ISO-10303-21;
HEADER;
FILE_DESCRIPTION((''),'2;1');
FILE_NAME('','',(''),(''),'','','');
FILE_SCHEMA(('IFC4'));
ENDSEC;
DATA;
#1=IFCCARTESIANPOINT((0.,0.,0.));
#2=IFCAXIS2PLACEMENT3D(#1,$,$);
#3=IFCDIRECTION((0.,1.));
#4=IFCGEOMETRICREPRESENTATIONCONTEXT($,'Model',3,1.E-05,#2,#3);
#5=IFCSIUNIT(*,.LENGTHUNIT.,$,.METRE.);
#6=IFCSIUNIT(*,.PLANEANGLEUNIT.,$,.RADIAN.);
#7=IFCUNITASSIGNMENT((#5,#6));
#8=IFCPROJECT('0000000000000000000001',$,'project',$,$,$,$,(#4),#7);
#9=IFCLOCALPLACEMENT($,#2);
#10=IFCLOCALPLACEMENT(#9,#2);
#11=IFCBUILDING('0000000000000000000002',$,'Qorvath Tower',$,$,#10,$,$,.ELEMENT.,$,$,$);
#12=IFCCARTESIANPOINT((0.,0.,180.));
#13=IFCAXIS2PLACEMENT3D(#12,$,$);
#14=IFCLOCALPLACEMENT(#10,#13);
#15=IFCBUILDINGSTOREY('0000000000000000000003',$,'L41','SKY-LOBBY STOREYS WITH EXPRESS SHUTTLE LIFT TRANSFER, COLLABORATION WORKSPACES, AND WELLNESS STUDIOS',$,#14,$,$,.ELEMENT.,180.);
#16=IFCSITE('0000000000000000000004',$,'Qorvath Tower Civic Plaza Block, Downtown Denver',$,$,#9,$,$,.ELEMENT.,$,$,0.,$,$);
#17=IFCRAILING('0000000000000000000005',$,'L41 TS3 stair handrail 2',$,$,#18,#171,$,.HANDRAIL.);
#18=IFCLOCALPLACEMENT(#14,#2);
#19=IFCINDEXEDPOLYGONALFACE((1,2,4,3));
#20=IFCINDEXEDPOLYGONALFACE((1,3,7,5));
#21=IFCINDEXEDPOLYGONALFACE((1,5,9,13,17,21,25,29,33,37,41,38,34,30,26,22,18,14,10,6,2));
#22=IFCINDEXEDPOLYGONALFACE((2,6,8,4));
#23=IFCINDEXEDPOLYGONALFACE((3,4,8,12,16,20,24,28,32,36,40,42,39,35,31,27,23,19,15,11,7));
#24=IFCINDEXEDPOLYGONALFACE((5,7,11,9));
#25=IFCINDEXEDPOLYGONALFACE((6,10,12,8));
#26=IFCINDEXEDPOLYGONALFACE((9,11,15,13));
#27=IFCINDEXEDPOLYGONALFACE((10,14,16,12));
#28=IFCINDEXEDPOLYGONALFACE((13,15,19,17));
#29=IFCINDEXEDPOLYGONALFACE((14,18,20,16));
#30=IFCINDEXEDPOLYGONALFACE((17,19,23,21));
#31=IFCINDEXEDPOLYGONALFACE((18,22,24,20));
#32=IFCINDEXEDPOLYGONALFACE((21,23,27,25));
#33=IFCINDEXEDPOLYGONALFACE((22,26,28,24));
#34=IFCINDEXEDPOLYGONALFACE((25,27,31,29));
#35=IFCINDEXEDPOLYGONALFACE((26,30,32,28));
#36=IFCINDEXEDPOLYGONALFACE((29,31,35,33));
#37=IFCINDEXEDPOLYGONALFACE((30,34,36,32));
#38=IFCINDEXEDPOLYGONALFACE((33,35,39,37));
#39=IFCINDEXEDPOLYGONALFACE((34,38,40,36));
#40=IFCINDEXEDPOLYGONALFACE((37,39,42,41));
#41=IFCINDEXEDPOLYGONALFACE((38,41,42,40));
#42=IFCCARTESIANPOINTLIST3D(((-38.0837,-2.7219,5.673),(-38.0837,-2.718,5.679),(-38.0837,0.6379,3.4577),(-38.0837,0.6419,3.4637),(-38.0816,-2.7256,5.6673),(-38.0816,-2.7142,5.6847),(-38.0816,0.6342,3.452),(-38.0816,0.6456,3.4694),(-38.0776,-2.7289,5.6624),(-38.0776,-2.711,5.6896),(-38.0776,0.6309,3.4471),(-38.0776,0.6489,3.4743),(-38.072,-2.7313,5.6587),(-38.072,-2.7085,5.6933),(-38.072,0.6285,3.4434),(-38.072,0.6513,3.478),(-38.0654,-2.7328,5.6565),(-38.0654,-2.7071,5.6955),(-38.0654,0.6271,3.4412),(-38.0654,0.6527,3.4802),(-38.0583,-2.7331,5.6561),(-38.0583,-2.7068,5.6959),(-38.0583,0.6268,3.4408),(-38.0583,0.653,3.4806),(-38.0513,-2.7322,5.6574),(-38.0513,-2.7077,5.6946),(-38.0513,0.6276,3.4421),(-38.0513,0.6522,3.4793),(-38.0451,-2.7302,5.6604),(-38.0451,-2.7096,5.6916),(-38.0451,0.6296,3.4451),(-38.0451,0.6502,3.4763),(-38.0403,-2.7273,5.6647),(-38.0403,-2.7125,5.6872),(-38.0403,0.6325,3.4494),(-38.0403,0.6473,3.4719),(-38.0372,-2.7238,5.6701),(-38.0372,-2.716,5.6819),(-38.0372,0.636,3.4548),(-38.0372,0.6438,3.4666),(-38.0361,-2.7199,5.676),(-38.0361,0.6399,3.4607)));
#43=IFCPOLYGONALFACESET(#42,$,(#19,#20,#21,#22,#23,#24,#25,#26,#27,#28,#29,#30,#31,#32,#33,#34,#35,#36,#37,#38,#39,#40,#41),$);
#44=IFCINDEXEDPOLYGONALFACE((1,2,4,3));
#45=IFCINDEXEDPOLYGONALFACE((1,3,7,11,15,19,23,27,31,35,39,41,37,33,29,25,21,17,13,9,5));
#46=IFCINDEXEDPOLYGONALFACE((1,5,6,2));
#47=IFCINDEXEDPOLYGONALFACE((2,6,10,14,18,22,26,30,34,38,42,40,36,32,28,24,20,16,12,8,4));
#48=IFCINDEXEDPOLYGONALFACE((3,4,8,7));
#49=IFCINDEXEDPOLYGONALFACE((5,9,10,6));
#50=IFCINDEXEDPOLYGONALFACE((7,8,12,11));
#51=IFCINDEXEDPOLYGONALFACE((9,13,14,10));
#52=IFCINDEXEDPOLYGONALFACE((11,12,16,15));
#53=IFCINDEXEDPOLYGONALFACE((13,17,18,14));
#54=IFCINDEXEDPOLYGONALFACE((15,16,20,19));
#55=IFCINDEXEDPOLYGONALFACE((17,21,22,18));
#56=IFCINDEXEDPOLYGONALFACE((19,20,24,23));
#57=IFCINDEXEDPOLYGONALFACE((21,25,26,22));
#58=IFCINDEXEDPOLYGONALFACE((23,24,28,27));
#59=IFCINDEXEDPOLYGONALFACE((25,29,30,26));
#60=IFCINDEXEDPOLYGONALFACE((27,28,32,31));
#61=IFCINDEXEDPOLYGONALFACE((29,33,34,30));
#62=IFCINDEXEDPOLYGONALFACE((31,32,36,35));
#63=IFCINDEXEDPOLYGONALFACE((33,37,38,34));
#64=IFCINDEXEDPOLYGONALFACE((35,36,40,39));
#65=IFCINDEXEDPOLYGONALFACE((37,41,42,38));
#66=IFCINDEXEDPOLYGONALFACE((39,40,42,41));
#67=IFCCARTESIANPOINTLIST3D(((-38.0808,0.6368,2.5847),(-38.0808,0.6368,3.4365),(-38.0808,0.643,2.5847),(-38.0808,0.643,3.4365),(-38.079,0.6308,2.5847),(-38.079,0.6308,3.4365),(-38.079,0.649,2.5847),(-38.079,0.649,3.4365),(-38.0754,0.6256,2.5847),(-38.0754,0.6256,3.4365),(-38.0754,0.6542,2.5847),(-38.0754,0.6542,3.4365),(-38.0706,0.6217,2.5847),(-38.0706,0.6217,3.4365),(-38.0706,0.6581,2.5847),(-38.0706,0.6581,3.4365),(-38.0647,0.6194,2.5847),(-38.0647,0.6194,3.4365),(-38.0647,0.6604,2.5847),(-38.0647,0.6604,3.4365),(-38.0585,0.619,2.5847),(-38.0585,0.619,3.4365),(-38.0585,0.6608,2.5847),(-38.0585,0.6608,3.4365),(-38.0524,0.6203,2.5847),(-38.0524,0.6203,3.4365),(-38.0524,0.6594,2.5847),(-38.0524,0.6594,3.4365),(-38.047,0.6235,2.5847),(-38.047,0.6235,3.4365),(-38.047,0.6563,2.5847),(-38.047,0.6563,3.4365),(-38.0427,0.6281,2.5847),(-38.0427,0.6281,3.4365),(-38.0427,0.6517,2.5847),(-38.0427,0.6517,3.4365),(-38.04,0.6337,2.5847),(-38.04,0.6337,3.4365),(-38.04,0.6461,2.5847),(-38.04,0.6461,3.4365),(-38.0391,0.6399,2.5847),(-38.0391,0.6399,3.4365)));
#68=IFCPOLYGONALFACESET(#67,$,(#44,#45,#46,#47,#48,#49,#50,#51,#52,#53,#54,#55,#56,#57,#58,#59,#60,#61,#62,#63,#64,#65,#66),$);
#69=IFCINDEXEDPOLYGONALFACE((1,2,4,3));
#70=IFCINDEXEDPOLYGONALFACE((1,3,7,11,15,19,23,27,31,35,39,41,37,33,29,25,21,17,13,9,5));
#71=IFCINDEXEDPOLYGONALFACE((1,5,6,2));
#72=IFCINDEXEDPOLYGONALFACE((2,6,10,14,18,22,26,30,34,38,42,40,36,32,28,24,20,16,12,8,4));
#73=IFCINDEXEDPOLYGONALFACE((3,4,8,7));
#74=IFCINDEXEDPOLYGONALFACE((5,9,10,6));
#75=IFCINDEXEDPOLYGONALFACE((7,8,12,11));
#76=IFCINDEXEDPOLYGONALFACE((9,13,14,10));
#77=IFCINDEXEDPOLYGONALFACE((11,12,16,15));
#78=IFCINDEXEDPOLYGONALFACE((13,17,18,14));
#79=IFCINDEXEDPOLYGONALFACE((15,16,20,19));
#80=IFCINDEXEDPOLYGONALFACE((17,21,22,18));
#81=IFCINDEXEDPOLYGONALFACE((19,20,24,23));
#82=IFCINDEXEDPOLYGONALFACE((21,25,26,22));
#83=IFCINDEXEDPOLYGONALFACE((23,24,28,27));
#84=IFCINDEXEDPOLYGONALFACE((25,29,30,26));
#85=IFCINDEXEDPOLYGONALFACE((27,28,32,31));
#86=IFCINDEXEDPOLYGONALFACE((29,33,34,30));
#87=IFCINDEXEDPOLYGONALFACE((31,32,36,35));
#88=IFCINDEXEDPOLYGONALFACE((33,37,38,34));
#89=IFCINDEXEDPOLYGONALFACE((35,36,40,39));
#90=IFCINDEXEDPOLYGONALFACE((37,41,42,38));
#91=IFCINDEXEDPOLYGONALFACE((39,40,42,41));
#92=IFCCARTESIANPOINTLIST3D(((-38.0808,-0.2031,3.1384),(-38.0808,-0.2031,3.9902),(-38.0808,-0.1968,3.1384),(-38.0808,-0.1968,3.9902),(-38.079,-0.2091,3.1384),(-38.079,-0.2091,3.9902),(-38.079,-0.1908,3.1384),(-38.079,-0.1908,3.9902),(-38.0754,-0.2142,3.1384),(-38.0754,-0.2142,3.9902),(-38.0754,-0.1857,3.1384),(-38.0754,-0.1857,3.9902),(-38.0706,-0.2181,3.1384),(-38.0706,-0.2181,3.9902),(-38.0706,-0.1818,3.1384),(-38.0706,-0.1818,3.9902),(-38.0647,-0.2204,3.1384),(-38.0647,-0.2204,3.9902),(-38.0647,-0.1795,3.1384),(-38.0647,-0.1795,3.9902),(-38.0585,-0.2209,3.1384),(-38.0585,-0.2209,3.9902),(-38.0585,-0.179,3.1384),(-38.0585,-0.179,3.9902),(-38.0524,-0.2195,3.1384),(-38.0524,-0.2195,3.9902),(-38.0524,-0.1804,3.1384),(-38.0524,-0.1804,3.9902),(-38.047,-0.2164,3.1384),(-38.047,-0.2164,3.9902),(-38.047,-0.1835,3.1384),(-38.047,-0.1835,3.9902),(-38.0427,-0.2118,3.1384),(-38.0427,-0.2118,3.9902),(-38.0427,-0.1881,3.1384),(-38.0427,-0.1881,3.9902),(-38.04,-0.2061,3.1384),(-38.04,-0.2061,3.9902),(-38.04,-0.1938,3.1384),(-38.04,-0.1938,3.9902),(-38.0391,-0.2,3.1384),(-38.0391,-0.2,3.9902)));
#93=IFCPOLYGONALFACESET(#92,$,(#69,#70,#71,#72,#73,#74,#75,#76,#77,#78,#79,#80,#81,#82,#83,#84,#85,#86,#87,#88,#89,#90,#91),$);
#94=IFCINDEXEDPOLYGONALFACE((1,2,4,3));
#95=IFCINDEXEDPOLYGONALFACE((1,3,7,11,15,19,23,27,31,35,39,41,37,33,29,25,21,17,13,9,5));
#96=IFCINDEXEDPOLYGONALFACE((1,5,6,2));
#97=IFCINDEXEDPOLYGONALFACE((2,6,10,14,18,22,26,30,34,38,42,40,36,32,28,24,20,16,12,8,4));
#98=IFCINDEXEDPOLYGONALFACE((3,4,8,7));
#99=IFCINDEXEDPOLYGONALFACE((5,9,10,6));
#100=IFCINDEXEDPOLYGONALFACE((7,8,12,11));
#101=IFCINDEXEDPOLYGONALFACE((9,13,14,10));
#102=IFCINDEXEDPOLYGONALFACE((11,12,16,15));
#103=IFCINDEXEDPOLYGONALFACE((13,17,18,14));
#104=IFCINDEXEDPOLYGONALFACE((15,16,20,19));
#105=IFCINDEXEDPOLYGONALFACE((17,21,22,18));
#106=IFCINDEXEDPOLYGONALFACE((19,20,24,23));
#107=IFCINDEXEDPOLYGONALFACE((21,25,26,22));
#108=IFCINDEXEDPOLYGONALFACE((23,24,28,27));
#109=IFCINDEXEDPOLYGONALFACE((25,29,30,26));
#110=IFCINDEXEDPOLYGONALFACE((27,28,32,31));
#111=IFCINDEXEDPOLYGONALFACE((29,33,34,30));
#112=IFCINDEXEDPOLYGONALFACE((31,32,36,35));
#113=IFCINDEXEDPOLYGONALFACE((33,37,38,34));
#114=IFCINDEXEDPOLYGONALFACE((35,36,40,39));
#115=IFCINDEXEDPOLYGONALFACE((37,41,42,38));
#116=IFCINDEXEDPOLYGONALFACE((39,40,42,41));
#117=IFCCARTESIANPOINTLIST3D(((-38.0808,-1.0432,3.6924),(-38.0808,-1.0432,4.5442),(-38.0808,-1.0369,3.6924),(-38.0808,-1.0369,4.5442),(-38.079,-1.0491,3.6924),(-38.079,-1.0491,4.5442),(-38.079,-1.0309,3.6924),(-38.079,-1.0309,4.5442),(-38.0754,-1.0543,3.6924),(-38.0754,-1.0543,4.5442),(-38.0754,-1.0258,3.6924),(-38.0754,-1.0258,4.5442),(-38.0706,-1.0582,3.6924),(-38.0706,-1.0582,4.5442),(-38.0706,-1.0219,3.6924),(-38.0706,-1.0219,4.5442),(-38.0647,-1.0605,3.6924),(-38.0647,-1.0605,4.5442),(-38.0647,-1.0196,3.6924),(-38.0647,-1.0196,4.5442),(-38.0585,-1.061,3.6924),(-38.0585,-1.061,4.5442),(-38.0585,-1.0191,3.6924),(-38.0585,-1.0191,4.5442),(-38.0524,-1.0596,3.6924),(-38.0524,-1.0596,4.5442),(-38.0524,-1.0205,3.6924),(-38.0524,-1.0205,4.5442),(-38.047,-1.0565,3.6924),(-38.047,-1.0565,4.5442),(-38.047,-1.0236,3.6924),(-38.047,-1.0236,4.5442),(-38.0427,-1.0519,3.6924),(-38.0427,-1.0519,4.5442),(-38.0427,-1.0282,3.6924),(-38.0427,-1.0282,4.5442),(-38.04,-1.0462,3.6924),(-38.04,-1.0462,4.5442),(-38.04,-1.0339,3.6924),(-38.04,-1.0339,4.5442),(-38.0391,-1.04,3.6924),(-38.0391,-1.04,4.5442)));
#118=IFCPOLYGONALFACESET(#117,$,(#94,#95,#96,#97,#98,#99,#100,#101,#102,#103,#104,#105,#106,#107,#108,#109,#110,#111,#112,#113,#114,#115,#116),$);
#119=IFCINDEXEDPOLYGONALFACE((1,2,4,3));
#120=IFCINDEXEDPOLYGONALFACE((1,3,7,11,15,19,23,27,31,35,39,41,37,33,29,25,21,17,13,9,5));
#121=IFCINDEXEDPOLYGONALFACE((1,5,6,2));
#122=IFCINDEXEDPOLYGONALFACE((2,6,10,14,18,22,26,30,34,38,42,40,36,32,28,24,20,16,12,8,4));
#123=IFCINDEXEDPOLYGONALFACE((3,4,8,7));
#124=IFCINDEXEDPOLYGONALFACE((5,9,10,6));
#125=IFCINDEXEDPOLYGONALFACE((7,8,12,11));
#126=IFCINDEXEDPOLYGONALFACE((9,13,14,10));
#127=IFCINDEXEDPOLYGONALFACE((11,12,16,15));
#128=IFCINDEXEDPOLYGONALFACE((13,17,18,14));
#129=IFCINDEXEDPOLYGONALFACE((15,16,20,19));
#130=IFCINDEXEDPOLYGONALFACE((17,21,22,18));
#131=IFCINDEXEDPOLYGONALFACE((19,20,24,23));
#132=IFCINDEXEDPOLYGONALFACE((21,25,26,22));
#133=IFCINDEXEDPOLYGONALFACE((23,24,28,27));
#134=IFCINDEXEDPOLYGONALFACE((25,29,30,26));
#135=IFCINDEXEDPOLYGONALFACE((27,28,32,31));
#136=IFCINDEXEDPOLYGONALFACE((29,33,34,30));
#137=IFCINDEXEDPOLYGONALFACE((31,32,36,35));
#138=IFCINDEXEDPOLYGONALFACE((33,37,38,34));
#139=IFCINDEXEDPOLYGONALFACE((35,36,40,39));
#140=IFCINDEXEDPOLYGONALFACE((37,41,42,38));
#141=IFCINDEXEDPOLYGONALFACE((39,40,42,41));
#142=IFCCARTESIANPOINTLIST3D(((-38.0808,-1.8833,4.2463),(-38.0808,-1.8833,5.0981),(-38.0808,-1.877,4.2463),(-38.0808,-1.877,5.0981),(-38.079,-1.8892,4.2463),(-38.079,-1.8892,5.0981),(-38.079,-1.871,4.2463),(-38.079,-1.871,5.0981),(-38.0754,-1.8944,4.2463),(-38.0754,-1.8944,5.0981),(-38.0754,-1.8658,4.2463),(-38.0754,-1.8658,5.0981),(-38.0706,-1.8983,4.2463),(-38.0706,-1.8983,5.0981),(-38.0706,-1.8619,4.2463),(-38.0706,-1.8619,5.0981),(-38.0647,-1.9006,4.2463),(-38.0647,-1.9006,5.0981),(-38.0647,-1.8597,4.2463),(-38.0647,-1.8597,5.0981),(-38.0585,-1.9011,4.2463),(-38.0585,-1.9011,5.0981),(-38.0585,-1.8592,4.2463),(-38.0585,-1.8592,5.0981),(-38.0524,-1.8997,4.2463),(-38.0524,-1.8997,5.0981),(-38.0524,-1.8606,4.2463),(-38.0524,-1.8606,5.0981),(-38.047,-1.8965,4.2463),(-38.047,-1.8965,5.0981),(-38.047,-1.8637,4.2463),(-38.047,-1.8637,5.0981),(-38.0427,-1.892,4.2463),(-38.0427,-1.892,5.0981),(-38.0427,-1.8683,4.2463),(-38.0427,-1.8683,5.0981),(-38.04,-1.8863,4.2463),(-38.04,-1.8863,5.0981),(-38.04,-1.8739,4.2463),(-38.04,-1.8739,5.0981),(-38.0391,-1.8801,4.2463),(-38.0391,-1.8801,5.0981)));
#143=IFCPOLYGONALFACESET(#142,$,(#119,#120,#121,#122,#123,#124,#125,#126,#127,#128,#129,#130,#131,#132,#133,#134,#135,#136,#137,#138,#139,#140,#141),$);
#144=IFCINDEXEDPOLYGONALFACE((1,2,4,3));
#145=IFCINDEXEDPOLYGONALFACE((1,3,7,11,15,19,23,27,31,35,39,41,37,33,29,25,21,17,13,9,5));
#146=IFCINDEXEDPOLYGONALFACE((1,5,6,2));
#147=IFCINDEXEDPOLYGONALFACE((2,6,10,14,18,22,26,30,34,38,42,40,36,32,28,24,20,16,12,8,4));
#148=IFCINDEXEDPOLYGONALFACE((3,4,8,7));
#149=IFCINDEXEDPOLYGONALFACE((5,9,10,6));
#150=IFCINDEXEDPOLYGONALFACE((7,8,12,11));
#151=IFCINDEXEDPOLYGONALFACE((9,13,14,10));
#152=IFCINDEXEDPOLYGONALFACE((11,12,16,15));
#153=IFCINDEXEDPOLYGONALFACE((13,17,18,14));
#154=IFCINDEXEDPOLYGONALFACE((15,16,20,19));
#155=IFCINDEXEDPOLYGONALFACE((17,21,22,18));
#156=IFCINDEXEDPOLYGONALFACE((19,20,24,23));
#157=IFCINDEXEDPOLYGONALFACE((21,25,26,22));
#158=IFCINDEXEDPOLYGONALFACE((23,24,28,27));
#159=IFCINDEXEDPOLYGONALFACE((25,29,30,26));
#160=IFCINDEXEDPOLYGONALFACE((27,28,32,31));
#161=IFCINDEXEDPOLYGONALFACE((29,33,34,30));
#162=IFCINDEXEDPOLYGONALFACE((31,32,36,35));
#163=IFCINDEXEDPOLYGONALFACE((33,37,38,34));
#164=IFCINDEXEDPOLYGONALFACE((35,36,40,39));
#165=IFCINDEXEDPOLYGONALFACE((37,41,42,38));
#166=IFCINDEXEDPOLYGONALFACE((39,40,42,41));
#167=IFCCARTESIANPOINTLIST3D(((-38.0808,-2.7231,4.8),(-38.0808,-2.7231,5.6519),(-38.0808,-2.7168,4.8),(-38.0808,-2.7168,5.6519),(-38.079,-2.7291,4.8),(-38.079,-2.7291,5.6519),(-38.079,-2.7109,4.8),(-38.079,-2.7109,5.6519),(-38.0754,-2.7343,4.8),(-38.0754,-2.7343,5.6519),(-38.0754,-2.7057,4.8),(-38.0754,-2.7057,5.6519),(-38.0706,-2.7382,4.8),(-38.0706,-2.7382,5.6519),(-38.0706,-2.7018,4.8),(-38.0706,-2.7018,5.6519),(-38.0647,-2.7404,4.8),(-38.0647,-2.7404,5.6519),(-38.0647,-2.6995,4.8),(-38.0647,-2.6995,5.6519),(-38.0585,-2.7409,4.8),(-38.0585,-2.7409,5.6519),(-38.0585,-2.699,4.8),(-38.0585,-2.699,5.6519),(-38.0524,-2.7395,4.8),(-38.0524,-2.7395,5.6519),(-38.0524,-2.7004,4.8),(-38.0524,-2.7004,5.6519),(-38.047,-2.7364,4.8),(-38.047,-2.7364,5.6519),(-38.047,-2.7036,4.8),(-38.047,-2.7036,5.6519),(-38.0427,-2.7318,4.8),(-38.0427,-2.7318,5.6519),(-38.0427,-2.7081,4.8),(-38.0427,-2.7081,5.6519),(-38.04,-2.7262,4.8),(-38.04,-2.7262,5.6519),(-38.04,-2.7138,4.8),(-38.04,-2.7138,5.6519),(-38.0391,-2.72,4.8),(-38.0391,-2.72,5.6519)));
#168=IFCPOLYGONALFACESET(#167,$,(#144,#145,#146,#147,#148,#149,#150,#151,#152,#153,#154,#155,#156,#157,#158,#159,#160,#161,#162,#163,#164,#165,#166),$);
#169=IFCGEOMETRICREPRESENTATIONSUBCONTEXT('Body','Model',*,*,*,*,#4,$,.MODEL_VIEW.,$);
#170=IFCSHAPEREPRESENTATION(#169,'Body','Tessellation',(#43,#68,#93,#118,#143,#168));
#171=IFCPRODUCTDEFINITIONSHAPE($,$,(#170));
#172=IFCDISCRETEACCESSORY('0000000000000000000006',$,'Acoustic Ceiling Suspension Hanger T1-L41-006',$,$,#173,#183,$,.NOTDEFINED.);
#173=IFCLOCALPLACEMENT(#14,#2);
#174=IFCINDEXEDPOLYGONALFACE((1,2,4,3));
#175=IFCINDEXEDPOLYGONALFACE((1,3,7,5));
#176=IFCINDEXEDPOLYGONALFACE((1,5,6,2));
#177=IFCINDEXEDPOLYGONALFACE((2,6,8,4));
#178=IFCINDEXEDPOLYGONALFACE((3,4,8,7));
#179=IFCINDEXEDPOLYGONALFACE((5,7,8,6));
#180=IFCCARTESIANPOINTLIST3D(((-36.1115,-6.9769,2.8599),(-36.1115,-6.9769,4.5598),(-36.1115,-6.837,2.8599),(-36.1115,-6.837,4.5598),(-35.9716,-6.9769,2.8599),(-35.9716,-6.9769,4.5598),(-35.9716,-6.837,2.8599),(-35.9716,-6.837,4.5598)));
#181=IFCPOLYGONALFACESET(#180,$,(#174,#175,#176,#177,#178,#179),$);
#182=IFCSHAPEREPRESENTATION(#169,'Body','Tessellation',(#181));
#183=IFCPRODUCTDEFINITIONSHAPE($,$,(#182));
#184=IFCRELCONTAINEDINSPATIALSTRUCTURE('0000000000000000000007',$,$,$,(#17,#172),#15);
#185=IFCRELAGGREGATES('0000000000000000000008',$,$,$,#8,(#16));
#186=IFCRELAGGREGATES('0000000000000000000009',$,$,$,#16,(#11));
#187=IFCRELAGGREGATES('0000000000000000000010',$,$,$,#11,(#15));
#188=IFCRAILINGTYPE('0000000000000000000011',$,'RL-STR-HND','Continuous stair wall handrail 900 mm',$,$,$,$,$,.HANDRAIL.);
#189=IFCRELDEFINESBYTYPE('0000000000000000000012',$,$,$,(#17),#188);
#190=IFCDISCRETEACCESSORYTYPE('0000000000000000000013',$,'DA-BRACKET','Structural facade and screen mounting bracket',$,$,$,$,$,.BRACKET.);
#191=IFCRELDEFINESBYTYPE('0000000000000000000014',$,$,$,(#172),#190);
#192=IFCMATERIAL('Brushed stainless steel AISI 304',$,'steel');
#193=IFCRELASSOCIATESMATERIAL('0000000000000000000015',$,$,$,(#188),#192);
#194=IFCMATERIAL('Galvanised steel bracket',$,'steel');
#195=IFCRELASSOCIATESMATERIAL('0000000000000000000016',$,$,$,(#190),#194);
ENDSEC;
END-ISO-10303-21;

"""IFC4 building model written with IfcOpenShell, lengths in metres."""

from ifc_helpers import new_model, si_unit, direction, frame, origin, origin_2d, place, context, subcontext, project, spatial, rectangle, circle, extrude, material, type_object, element, save


model = new_model("IFC4")

# Units and contexts
model_context = context("Model", 3, precision=1e-05, world=origin(), true_north=direction((0.0, 1.0)))
body_context = subcontext(model_context, "Body", "Model", "MODEL_VIEW")
ifc_project = project(units=[si_unit("LENGTHUNIT", "METRE"), si_unit("PLANEANGLEUNIT", "RADIAN")], contexts=[model_context])

# Site, building, storey
site_placement = place(None, origin())
site = spatial("IfcSite", under=ifc_project, at=site_placement, Name="Qorvath Tower Civic Plaza Block, Downtown Denver", CompositionType="ELEMENT", RefElevation=0.0)
building_placement = place(site_placement, origin())
building = spatial("IfcBuilding", under=site, at=building_placement, Name="Qorvath Tower", CompositionType="ELEMENT")
storey_placement = place(building_placement, frame((0.0, 0.0, 180.0)))
storey = spatial("IfcBuildingStorey", under=building, at=storey_placement, Name="L41", Description="SKY-LOBBY STOREYS WITH EXPRESS SHUTTLE LIFT TRANSFER, COLLABORATION WORKSPACES, AND WELLNESS STUDIOS", CompositionType="ELEMENT", Elevation=180.0)

# Railing
ifc_material_1 = material(Name="Brushed stainless steel AISI 304", Category="steel")
railing_type_1 = type_object("IfcRailingType", Name="RL-STR-HND", Description="Continuous stair wall handrail 900 mm", PredefinedType="HANDRAIL", material=ifc_material_1)
railing_1_placement = place(storey_placement, frame((-38.0601, 0.6399, 2.5847)))
element("IfcRailing", 1, at=railing_1_placement, inside=storey, type_object=railing_type_1, Name="L41 TS3 stair handrail 2", PredefinedType="HANDRAIL", context=body_context, shape_type="SweptSolid", body=[
    extrude(circle(Radius=0.0239, at=origin_2d()), frame((0.0, 0.0, 0.876), z_axis=(0.0, -0.834858, 0.550465), x_axis=(1.0, 0.0, 0.0)), (0.0, 0.0, 1.0), 4.0244),
    extrude(circle(Radius=0.021, at=origin_2d()), origin(), (0.0, 0.0, 1.0), 0.8518),
    extrude(circle(Radius=0.021, at=origin_2d()), frame((0.0, -0.8398, 0.5537)), (0.0, 0.0, 1.0), 0.8518),
    extrude(circle(Radius=0.021, at=origin_2d()), frame((0.0, -1.6799, 1.1077)), (0.0, 0.0, 1.0), 0.8518),
    extrude(circle(Radius=0.021, at=origin_2d()), frame((0.0, -2.52, 1.6616)), (0.0, 0.0, 1.0), 0.8518),
    extrude(circle(Radius=0.021, at=origin_2d()), frame((0.0, -3.3599, 2.2153)), (0.0, 0.0, 1.0), 0.8518),
])

# Discrete accessory
ifc_material_2 = material(Name="Galvanised steel bracket", Category="steel")
discrete_accessory_type = type_object("IfcDiscreteAccessoryType", Name="DA-BRACKET", Description="Structural facade and screen mounting bracket", PredefinedType="BRACKET", material=ifc_material_2)
discrete_accessory_placement = place(storey_placement, frame((-36.0415, -6.907, 2.8599), z_axis=(0.0, 0.0, 1.0), x_axis=(1.0, 0.0, 0.0)))
element("IfcDiscreteAccessory", 2, at=discrete_accessory_placement, inside=storey, type_object=discrete_accessory_type, Name="Acoustic Ceiling Suspension Hanger T1-L41-006", PredefinedType="NOTDEFINED", context=body_context, shape_type="SweptSolid", body=[
    extrude(rectangle(XDim=0.1399, YDim=0.1399, at=origin_2d()), origin(), (0.0, 0.0, 1.0), 1.7),
])

save(model, "model.ifc")
